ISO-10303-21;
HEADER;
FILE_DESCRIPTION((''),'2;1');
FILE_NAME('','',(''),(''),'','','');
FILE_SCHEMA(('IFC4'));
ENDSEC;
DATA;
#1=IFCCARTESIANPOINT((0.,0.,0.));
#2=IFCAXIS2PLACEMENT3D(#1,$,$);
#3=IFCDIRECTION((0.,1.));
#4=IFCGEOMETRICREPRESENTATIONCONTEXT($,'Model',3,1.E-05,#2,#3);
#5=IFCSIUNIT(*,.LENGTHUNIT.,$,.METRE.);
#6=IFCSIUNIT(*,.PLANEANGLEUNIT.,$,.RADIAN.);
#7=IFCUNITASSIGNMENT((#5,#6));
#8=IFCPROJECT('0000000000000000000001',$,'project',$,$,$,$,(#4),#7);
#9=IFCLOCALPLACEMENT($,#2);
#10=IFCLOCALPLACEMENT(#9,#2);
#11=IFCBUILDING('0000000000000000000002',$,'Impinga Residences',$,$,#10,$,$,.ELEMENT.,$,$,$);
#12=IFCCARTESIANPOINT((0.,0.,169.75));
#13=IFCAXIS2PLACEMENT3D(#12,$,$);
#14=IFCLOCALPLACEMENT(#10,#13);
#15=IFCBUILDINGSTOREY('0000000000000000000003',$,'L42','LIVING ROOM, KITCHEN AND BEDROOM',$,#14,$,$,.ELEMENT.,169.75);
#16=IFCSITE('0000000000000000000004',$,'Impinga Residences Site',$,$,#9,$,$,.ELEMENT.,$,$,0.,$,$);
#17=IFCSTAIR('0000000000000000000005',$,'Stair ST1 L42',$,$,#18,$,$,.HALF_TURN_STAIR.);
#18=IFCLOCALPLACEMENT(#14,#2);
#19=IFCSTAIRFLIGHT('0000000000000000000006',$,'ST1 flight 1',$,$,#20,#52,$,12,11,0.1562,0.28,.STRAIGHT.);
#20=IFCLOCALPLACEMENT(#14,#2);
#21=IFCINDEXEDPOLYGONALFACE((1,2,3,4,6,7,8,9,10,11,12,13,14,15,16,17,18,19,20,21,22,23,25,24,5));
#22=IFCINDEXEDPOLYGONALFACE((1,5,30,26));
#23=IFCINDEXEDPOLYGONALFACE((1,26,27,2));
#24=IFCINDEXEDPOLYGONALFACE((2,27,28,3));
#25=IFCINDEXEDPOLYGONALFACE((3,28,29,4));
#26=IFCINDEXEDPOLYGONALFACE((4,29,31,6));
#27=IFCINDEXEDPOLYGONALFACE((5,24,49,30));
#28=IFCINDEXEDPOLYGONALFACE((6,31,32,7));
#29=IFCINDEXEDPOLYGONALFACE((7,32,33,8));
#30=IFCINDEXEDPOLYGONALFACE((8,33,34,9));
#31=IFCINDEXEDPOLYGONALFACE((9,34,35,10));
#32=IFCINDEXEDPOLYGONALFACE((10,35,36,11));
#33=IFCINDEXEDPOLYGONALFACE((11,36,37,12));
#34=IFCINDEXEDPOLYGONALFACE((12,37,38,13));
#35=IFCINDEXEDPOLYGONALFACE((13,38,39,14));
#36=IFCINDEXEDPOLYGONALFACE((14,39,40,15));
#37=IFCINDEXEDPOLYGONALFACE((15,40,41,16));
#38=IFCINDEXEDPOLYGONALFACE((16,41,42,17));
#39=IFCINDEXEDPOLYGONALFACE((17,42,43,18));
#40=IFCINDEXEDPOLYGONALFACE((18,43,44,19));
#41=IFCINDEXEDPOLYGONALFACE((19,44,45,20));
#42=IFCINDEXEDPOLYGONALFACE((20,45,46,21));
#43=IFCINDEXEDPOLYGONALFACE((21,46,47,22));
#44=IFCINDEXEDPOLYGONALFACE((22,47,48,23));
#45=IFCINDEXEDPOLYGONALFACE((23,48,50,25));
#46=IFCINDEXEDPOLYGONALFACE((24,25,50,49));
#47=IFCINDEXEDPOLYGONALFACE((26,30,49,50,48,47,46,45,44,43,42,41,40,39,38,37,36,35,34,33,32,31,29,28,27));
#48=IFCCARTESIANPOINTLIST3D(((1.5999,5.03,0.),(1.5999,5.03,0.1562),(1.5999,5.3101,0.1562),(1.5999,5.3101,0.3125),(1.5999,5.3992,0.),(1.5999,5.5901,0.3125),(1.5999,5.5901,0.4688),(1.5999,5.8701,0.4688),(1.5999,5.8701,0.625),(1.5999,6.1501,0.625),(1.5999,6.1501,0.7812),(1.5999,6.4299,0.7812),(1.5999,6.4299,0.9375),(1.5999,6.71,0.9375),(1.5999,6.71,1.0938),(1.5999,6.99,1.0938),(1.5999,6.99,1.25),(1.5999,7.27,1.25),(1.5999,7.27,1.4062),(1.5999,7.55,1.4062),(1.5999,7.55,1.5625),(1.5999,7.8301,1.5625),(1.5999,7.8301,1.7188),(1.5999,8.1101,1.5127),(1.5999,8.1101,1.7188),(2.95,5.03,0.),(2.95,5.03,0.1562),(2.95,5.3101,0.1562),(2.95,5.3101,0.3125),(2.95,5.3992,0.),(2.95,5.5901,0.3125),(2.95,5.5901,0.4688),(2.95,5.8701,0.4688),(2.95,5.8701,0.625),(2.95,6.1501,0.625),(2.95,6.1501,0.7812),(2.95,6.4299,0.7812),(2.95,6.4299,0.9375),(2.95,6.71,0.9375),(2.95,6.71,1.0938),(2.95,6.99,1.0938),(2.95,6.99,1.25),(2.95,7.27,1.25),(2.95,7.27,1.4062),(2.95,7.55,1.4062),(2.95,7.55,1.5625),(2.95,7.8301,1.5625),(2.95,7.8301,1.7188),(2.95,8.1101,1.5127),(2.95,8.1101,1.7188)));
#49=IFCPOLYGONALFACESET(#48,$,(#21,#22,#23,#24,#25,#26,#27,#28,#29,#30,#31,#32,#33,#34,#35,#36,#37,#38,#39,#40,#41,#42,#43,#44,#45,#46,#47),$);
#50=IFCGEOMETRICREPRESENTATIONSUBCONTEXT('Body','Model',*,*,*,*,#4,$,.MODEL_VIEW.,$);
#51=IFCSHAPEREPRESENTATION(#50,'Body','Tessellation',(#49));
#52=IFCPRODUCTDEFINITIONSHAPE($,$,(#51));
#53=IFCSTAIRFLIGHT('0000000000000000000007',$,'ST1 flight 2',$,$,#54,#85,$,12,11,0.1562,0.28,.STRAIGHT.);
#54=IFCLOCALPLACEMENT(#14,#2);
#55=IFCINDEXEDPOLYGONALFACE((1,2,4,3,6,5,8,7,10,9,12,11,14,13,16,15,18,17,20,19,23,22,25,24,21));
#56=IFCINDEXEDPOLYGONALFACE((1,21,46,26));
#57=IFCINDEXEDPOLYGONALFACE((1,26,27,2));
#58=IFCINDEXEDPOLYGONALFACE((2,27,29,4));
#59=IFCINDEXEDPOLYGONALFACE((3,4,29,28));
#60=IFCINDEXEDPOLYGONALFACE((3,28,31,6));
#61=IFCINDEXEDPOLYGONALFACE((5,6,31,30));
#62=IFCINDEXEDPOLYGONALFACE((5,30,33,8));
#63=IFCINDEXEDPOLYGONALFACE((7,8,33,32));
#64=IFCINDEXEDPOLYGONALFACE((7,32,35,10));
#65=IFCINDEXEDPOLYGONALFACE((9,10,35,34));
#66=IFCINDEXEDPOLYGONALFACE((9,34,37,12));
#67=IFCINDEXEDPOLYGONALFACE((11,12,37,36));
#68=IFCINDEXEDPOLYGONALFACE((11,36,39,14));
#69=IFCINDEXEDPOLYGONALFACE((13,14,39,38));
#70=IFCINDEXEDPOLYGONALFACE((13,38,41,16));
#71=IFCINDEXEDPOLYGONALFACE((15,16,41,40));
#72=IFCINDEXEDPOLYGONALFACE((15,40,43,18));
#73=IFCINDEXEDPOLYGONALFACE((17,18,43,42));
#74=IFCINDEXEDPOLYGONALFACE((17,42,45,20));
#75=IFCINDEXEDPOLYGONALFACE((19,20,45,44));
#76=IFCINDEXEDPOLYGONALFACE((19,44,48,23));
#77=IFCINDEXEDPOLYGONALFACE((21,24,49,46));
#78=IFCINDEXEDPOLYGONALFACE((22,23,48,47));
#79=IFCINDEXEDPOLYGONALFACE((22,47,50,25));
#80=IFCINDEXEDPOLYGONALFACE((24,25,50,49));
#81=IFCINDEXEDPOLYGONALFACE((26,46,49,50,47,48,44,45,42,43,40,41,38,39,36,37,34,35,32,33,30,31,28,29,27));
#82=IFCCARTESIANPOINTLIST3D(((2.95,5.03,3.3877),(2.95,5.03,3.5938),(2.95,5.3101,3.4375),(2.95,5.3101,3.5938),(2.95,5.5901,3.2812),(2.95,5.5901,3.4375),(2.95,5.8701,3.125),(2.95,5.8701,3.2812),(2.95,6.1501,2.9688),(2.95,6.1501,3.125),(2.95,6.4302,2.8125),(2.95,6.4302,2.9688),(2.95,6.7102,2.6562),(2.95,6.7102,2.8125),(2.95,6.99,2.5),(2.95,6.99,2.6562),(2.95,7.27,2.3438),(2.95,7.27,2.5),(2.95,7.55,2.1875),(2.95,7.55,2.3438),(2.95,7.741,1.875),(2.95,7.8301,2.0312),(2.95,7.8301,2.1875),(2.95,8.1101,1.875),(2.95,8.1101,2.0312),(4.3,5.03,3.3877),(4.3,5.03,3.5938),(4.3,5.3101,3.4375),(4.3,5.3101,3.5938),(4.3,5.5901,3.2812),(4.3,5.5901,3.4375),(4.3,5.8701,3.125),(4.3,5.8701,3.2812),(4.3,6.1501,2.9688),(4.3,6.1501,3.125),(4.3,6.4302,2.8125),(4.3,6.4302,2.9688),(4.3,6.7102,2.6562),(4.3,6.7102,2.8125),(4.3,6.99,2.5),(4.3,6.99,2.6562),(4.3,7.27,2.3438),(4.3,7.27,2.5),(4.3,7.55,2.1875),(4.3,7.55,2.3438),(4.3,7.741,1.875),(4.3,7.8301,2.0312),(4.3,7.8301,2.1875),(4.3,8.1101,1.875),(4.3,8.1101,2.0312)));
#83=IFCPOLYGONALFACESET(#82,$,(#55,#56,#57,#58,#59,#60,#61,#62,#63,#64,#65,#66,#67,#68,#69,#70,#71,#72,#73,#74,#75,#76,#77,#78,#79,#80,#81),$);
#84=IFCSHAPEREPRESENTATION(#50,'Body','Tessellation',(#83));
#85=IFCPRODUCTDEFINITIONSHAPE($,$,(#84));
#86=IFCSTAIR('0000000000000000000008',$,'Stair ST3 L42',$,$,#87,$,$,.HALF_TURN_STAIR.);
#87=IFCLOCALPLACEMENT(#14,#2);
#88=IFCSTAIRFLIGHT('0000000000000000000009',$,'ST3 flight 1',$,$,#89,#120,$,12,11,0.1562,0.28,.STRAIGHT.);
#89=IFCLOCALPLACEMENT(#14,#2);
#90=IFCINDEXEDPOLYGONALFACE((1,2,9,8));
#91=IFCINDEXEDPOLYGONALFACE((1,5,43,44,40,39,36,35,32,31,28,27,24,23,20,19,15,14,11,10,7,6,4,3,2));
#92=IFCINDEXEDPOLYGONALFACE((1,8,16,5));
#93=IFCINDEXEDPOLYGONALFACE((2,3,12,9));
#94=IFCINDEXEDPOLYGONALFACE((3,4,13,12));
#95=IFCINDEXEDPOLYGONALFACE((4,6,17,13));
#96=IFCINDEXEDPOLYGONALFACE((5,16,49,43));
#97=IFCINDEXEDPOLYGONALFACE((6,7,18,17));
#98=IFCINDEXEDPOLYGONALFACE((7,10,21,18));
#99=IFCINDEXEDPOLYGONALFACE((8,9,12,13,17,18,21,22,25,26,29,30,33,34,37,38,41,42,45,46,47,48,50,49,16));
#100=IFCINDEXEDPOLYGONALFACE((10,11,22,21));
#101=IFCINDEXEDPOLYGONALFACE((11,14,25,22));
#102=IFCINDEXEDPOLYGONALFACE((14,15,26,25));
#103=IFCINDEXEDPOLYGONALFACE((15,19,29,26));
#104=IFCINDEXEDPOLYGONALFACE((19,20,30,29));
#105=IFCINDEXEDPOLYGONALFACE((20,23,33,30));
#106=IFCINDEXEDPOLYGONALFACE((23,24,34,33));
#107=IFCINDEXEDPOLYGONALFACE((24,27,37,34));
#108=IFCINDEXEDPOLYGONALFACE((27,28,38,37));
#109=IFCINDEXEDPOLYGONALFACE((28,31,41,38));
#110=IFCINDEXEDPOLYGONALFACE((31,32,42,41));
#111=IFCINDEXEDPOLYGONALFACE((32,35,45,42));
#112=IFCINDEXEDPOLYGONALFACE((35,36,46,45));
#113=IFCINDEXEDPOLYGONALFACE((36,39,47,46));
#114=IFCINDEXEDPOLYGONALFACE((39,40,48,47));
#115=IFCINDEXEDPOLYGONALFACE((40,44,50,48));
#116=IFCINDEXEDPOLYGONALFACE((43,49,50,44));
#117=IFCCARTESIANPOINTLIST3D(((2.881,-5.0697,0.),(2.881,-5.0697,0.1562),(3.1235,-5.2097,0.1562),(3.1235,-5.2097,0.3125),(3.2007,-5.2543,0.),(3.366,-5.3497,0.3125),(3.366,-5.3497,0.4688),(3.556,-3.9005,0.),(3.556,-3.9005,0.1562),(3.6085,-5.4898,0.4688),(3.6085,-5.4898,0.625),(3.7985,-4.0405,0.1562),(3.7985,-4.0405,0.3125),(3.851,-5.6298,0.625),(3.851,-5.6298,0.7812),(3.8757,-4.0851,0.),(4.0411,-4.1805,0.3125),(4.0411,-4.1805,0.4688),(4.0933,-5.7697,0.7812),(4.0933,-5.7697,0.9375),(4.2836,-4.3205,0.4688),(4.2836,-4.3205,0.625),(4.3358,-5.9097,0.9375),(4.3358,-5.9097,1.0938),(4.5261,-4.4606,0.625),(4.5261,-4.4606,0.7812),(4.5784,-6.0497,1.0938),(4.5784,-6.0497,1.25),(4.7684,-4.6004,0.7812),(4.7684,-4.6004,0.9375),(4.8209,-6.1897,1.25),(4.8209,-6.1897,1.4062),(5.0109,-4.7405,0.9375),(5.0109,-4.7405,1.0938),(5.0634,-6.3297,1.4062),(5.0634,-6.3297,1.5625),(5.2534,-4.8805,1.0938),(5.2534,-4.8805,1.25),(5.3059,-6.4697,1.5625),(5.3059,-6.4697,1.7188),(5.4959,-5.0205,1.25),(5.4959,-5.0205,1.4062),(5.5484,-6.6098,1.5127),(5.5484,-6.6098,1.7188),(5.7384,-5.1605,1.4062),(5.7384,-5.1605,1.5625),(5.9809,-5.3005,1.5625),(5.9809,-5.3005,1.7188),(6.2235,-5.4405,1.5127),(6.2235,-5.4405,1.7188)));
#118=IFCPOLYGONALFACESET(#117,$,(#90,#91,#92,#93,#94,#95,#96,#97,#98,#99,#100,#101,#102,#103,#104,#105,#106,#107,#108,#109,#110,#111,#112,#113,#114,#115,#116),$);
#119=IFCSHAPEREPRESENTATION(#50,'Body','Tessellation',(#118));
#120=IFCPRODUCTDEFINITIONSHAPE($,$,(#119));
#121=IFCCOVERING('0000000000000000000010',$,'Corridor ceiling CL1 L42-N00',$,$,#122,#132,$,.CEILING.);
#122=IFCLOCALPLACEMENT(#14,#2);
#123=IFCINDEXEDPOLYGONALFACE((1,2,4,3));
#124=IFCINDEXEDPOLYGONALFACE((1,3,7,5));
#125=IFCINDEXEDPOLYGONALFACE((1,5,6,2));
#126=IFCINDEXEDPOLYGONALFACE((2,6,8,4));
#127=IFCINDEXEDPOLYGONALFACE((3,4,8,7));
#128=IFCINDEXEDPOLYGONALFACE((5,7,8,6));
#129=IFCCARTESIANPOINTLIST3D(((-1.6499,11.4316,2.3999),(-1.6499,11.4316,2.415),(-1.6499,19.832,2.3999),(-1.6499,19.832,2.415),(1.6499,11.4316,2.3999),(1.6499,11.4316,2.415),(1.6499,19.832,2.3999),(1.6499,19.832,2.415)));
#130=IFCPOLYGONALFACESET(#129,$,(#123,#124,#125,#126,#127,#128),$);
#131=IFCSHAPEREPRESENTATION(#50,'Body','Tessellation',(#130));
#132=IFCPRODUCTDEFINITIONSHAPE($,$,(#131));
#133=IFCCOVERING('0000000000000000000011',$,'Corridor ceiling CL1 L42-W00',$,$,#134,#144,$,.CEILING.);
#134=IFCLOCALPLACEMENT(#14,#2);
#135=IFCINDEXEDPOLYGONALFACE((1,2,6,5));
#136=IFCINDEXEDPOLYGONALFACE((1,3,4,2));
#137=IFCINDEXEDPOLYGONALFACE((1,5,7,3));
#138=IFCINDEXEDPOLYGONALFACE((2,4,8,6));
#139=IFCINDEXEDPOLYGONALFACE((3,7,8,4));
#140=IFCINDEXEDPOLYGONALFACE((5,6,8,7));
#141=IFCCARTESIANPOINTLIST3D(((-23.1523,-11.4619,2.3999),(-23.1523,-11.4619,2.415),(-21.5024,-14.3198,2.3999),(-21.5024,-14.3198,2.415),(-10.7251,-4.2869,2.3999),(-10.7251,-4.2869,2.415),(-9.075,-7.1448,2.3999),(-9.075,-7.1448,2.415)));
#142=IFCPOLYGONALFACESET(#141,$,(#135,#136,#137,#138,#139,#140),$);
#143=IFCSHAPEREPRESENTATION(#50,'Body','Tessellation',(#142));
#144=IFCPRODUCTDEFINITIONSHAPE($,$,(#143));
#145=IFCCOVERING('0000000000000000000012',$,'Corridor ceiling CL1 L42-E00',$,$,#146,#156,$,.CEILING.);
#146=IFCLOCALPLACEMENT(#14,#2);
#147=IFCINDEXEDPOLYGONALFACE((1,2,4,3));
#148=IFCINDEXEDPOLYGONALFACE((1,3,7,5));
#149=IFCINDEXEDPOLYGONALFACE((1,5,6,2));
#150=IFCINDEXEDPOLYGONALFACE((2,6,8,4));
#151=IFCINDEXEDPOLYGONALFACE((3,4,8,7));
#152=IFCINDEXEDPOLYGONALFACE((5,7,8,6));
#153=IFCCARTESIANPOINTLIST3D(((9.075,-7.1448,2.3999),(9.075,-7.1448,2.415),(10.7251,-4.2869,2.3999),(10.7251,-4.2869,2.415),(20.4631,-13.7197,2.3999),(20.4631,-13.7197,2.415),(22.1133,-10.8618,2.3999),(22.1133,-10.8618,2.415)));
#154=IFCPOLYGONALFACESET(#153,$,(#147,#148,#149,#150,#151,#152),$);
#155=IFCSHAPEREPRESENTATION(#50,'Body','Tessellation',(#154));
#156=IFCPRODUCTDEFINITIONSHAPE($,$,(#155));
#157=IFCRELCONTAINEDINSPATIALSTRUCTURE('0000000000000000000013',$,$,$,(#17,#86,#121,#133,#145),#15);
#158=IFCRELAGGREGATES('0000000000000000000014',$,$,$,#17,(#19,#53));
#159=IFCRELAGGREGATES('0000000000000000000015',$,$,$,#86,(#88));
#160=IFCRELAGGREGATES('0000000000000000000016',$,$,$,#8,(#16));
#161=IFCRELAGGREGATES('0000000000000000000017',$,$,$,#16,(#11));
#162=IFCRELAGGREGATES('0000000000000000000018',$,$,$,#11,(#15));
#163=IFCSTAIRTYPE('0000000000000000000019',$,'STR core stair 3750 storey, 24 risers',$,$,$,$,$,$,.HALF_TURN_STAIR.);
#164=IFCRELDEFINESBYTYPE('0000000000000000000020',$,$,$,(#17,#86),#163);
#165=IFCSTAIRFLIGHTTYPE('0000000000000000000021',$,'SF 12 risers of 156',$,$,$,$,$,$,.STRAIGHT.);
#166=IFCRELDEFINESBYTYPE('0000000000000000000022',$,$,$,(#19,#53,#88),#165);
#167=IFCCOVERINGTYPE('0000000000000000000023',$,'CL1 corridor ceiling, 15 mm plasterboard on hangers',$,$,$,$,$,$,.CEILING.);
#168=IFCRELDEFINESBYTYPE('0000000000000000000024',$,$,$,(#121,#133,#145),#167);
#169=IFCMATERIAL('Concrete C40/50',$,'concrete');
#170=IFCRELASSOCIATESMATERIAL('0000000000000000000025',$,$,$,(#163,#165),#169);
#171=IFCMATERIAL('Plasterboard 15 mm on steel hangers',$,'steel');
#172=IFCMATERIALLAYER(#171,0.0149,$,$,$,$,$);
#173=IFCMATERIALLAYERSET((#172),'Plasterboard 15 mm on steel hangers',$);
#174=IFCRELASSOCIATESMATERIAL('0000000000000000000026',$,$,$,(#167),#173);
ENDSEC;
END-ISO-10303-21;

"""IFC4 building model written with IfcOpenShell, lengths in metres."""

from ifc_helpers import new_model, si_unit, direction, frame, origin, place, context, subcontext, project, spatial, polyline, outline, extrude, material, layer, layer_set, type_object, element, aggregate, save


model = new_model("IFC4")

# Units and contexts
model_context = context("Model", 3, precision=1e-05, world=origin(), true_north=direction((0.0, 1.0)))
body_context = subcontext(model_context, "Body", "Model", "MODEL_VIEW")
ifc_project = project(units=[si_unit("LENGTHUNIT", "METRE"), si_unit("PLANEANGLEUNIT", "RADIAN")], contexts=[model_context])

# Site, building, storey
site_placement = place(None, origin())
site = spatial("IfcSite", under=ifc_project, at=site_placement, Name="Impinga Residences Site", CompositionType="ELEMENT", RefElevation=0.0)
building_placement = place(site_placement, origin())
building = spatial("IfcBuilding", under=site, at=building_placement, Name="Impinga Residences", CompositionType="ELEMENT")
storey_placement = place(building_placement, frame((0.0, 0.0, 169.75)))
storey = spatial("IfcBuildingStorey", under=building, at=storey_placement, Name="L42", Description="LIVING ROOM, KITCHEN AND BEDROOM", CompositionType="ELEMENT", Elevation=169.75)

# Shared definitions
ifc_material_1 = material(Name="Concrete C40/50", Category="concrete")

# Stair, stair flights
stair_type_1 = type_object("IfcStairType", Name="STR core stair 3750 storey, 24 risers", PredefinedType="HALF_TURN_STAIR", material=ifc_material_1)
stair_1_placement = place(storey_placement, origin())
stair_1 = element("IfcStair", 1, at=stair_1_placement, inside=storey, type_object=stair_type_1, Name="Stair ST1 L42", PredefinedType="HALF_TURN_STAIR")
stair_flight_type = type_object("IfcStairFlightType", Name="SF 12 risers of 156", PredefinedType="STRAIGHT", material=ifc_material_1)
stair_flight_1_placement = place(storey_placement, frame((2.2749, 5.03, 0.0), z_axis=(0.0, 0.0, 1.0), x_axis=(0.0, 1.0, 0.0)))
stair_flight_1 = element("IfcStairFlight", 2, at=stair_flight_1_placement, type_object=stair_flight_type, Name="ST1 flight 1", NumberOfRisers=12, NumberOfTreads=11, PredefinedType="STRAIGHT", RiserHeight=0.1562, TreadLength=0.28, context=body_context, shape_type="SweptSolid", body=[
    extrude(outline(polyline([(0.0, 0.0), (0.0, 0.1562), (0.28, 0.1562), (0.28, 0.3125), (0.5601, 0.3125), (0.5601, 0.4688), (0.8401, 0.4688), (0.8401, 0.625), (1.1201, 0.625), (1.1201, 0.7812), (1.3999, 0.7812), (1.3999, 0.9375), (1.6799, 0.9375), (1.6799, 1.0938), (1.96, 1.0938), (1.96, 1.25), (2.24, 1.25), (2.24, 1.4062), (2.52, 1.4062), (2.52, 1.5625), (2.8, 1.5625), (2.8, 1.7188), (3.0801, 1.7188), (3.0801, 1.875), (3.0801, 1.5127), (0.3691, 0.0), (0.0, 0.0)])), frame((0.0, 0.675, 0.0), z_axis=(0.0, -1.0, 0.0), x_axis=(1.0, 0.0, 0.0)), (0.0, 0.0, 1.0), 1.3501),
])
stair_flight_2_placement = place(storey_placement, frame((3.625, 8.1101, 1.875), z_axis=(0.0, 0.0, 1.0), x_axis=(0.0, -1.0, 0.0)))
stair_flight_2 = element("IfcStairFlight", 3, at=stair_flight_2_placement, type_object=stair_flight_type, Name="ST1 flight 2", NumberOfRisers=12, NumberOfTreads=11, PredefinedType="STRAIGHT", RiserHeight=0.1562, TreadLength=0.28, context=body_context, shape_type="SweptSolid", body=[
    extrude(outline(polyline([(0.0, 0.0), (0.0, 0.1562), (0.28, 0.1562), (0.28, 0.3125), (0.5601, 0.3125), (0.5601, 0.4688), (0.8401, 0.4688), (0.8401, 0.625), (1.1201, 0.625), (1.1201, 0.7812), (1.3999, 0.7812), (1.3999, 0.9375), (1.6799, 0.9375), (1.6799, 1.0938), (1.96, 1.0938), (1.96, 1.25), (2.24, 1.25), (2.24, 1.4062), (2.52, 1.4062), (2.52, 1.5625), (2.8, 1.5625), (2.8, 1.7188), (3.0801, 1.7188), (3.0801, 1.875), (3.0801, 1.5127), (0.3691, 0.0), (0.0, 0.0)])), frame((0.0, 0.675, 0.0), z_axis=(0.0, -1.0, 0.0), x_axis=(1.0, 0.0, 0.0)), (0.0, 0.0, 1.0), 1.3501),
])
aggregate(stair_1, [stair_flight_1, stair_flight_2])

# Stair, stair flight
stair_2_placement = place(storey_placement, origin())
stair_2 = element("IfcStair", 4, at=stair_2_placement, inside=storey, type_object=stair_type_1, Name="Stair ST3 L42", PredefinedType="HALF_TURN_STAIR")
stair_flight_3_placement = place(storey_placement, frame((3.2185, -4.4851, 0.0), z_axis=(0.0, 0.0, 1.0), x_axis=(0.866025, -0.5, 0.0)))
stair_flight_3 = element("IfcStairFlight", 5, at=stair_flight_3_placement, type_object=stair_flight_type, Name="ST3 flight 1", NumberOfRisers=12, NumberOfTreads=11, PredefinedType="STRAIGHT", RiserHeight=0.1562, TreadLength=0.28, context=body_context, shape_type="SweptSolid", body=[
    extrude(outline(polyline([(0.0, 0.0), (0.0, 0.1562), (0.28, 0.1562), (0.28, 0.3125), (0.5601, 0.3125), (0.5601, 0.4688), (0.8401, 0.4688), (0.8401, 0.625), (1.1201, 0.625), (1.1201, 0.7812), (1.3999, 0.7812), (1.3999, 0.9375), (1.6799, 0.9375), (1.6799, 1.0938), (1.96, 1.0938), (1.96, 1.25), (2.24, 1.25), (2.24, 1.4062), (2.52, 1.4062), (2.52, 1.5625), (2.8, 1.5625), (2.8, 1.7188), (3.0801, 1.7188), (3.0801, 1.875), (3.0801, 1.5127), (0.3691, 0.0), (0.0, 0.0)])), frame((0.0, 0.675, 0.0), z_axis=(0.0, -1.0, 0.0), x_axis=(1.0, 0.0, 0.0)), (0.0, 0.0, 1.0), 1.3501),
])
aggregate(stair_2, [stair_flight_3])

# Coverings
ifc_material_2 = material(Name="Plasterboard 15 mm on steel hangers", Category="steel")
ifc_layer_1 = layer(ifc_material_2, 0.0149)
ifc_layer_set_1 = layer_set([ifc_layer_1], Name="Plasterboard 15 mm on steel hangers")
covering_type_1 = type_object("IfcCoveringType", Name="CL1 corridor ceiling, 15 mm plasterboard on hangers", PredefinedType="CEILING", material=ifc_layer_set_1)
covering_1_placement = place(storey_placement, frame((0.0, 0.0, 2.3999)))
element("IfcCovering", 6, at=covering_1_placement, inside=storey, type_object=covering_type_1, Name="Corridor ceiling CL1 L42-N00", PredefinedType="CEILING", context=body_context, shape_type="SweptSolid", body=[
    extrude(outline(polyline([(1.6499, 11.4316), (-1.6499, 11.4316), (-1.6499, 19.832), (1.6499, 19.832), (1.6499, 11.4316)])), origin(), (0.0, 0.0, 1.0), 0.0151),
])
covering_2_placement = place(storey_placement, frame((0.0, 0.0, 2.3999)))
element("IfcCovering", 7, at=covering_2_placement, inside=storey, type_object=covering_type_1, Name="Corridor ceiling CL1 L42-W00", PredefinedType="CEILING", context=body_context, shape_type="SweptSolid", body=[
    extrude(outline(polyline([(-9.075, -7.1448), (-10.7251, -4.2869), (-23.1523, -11.4619), (-21.5024, -14.3198), (-9.075, -7.1448)])), origin(), (0.0, 0.0, 1.0), 0.0151),
])
covering_3_placement = place(storey_placement, frame((0.0, 0.0, 2.3999)))
element("IfcCovering", 8, at=covering_3_placement, inside=storey, type_object=covering_type_1, Name="Corridor ceiling CL1 L42-E00", PredefinedType="CEILING", context=body_context, shape_type="SweptSolid", body=[
    extrude(outline(polyline([(10.7251, -4.2869), (9.075, -7.1448), (20.4631, -13.7197), (22.1133, -10.8618), (10.7251, -4.2869)])), origin(), (0.0, 0.0, 1.0), 0.0151),
])

save(model, "model.ifc")
